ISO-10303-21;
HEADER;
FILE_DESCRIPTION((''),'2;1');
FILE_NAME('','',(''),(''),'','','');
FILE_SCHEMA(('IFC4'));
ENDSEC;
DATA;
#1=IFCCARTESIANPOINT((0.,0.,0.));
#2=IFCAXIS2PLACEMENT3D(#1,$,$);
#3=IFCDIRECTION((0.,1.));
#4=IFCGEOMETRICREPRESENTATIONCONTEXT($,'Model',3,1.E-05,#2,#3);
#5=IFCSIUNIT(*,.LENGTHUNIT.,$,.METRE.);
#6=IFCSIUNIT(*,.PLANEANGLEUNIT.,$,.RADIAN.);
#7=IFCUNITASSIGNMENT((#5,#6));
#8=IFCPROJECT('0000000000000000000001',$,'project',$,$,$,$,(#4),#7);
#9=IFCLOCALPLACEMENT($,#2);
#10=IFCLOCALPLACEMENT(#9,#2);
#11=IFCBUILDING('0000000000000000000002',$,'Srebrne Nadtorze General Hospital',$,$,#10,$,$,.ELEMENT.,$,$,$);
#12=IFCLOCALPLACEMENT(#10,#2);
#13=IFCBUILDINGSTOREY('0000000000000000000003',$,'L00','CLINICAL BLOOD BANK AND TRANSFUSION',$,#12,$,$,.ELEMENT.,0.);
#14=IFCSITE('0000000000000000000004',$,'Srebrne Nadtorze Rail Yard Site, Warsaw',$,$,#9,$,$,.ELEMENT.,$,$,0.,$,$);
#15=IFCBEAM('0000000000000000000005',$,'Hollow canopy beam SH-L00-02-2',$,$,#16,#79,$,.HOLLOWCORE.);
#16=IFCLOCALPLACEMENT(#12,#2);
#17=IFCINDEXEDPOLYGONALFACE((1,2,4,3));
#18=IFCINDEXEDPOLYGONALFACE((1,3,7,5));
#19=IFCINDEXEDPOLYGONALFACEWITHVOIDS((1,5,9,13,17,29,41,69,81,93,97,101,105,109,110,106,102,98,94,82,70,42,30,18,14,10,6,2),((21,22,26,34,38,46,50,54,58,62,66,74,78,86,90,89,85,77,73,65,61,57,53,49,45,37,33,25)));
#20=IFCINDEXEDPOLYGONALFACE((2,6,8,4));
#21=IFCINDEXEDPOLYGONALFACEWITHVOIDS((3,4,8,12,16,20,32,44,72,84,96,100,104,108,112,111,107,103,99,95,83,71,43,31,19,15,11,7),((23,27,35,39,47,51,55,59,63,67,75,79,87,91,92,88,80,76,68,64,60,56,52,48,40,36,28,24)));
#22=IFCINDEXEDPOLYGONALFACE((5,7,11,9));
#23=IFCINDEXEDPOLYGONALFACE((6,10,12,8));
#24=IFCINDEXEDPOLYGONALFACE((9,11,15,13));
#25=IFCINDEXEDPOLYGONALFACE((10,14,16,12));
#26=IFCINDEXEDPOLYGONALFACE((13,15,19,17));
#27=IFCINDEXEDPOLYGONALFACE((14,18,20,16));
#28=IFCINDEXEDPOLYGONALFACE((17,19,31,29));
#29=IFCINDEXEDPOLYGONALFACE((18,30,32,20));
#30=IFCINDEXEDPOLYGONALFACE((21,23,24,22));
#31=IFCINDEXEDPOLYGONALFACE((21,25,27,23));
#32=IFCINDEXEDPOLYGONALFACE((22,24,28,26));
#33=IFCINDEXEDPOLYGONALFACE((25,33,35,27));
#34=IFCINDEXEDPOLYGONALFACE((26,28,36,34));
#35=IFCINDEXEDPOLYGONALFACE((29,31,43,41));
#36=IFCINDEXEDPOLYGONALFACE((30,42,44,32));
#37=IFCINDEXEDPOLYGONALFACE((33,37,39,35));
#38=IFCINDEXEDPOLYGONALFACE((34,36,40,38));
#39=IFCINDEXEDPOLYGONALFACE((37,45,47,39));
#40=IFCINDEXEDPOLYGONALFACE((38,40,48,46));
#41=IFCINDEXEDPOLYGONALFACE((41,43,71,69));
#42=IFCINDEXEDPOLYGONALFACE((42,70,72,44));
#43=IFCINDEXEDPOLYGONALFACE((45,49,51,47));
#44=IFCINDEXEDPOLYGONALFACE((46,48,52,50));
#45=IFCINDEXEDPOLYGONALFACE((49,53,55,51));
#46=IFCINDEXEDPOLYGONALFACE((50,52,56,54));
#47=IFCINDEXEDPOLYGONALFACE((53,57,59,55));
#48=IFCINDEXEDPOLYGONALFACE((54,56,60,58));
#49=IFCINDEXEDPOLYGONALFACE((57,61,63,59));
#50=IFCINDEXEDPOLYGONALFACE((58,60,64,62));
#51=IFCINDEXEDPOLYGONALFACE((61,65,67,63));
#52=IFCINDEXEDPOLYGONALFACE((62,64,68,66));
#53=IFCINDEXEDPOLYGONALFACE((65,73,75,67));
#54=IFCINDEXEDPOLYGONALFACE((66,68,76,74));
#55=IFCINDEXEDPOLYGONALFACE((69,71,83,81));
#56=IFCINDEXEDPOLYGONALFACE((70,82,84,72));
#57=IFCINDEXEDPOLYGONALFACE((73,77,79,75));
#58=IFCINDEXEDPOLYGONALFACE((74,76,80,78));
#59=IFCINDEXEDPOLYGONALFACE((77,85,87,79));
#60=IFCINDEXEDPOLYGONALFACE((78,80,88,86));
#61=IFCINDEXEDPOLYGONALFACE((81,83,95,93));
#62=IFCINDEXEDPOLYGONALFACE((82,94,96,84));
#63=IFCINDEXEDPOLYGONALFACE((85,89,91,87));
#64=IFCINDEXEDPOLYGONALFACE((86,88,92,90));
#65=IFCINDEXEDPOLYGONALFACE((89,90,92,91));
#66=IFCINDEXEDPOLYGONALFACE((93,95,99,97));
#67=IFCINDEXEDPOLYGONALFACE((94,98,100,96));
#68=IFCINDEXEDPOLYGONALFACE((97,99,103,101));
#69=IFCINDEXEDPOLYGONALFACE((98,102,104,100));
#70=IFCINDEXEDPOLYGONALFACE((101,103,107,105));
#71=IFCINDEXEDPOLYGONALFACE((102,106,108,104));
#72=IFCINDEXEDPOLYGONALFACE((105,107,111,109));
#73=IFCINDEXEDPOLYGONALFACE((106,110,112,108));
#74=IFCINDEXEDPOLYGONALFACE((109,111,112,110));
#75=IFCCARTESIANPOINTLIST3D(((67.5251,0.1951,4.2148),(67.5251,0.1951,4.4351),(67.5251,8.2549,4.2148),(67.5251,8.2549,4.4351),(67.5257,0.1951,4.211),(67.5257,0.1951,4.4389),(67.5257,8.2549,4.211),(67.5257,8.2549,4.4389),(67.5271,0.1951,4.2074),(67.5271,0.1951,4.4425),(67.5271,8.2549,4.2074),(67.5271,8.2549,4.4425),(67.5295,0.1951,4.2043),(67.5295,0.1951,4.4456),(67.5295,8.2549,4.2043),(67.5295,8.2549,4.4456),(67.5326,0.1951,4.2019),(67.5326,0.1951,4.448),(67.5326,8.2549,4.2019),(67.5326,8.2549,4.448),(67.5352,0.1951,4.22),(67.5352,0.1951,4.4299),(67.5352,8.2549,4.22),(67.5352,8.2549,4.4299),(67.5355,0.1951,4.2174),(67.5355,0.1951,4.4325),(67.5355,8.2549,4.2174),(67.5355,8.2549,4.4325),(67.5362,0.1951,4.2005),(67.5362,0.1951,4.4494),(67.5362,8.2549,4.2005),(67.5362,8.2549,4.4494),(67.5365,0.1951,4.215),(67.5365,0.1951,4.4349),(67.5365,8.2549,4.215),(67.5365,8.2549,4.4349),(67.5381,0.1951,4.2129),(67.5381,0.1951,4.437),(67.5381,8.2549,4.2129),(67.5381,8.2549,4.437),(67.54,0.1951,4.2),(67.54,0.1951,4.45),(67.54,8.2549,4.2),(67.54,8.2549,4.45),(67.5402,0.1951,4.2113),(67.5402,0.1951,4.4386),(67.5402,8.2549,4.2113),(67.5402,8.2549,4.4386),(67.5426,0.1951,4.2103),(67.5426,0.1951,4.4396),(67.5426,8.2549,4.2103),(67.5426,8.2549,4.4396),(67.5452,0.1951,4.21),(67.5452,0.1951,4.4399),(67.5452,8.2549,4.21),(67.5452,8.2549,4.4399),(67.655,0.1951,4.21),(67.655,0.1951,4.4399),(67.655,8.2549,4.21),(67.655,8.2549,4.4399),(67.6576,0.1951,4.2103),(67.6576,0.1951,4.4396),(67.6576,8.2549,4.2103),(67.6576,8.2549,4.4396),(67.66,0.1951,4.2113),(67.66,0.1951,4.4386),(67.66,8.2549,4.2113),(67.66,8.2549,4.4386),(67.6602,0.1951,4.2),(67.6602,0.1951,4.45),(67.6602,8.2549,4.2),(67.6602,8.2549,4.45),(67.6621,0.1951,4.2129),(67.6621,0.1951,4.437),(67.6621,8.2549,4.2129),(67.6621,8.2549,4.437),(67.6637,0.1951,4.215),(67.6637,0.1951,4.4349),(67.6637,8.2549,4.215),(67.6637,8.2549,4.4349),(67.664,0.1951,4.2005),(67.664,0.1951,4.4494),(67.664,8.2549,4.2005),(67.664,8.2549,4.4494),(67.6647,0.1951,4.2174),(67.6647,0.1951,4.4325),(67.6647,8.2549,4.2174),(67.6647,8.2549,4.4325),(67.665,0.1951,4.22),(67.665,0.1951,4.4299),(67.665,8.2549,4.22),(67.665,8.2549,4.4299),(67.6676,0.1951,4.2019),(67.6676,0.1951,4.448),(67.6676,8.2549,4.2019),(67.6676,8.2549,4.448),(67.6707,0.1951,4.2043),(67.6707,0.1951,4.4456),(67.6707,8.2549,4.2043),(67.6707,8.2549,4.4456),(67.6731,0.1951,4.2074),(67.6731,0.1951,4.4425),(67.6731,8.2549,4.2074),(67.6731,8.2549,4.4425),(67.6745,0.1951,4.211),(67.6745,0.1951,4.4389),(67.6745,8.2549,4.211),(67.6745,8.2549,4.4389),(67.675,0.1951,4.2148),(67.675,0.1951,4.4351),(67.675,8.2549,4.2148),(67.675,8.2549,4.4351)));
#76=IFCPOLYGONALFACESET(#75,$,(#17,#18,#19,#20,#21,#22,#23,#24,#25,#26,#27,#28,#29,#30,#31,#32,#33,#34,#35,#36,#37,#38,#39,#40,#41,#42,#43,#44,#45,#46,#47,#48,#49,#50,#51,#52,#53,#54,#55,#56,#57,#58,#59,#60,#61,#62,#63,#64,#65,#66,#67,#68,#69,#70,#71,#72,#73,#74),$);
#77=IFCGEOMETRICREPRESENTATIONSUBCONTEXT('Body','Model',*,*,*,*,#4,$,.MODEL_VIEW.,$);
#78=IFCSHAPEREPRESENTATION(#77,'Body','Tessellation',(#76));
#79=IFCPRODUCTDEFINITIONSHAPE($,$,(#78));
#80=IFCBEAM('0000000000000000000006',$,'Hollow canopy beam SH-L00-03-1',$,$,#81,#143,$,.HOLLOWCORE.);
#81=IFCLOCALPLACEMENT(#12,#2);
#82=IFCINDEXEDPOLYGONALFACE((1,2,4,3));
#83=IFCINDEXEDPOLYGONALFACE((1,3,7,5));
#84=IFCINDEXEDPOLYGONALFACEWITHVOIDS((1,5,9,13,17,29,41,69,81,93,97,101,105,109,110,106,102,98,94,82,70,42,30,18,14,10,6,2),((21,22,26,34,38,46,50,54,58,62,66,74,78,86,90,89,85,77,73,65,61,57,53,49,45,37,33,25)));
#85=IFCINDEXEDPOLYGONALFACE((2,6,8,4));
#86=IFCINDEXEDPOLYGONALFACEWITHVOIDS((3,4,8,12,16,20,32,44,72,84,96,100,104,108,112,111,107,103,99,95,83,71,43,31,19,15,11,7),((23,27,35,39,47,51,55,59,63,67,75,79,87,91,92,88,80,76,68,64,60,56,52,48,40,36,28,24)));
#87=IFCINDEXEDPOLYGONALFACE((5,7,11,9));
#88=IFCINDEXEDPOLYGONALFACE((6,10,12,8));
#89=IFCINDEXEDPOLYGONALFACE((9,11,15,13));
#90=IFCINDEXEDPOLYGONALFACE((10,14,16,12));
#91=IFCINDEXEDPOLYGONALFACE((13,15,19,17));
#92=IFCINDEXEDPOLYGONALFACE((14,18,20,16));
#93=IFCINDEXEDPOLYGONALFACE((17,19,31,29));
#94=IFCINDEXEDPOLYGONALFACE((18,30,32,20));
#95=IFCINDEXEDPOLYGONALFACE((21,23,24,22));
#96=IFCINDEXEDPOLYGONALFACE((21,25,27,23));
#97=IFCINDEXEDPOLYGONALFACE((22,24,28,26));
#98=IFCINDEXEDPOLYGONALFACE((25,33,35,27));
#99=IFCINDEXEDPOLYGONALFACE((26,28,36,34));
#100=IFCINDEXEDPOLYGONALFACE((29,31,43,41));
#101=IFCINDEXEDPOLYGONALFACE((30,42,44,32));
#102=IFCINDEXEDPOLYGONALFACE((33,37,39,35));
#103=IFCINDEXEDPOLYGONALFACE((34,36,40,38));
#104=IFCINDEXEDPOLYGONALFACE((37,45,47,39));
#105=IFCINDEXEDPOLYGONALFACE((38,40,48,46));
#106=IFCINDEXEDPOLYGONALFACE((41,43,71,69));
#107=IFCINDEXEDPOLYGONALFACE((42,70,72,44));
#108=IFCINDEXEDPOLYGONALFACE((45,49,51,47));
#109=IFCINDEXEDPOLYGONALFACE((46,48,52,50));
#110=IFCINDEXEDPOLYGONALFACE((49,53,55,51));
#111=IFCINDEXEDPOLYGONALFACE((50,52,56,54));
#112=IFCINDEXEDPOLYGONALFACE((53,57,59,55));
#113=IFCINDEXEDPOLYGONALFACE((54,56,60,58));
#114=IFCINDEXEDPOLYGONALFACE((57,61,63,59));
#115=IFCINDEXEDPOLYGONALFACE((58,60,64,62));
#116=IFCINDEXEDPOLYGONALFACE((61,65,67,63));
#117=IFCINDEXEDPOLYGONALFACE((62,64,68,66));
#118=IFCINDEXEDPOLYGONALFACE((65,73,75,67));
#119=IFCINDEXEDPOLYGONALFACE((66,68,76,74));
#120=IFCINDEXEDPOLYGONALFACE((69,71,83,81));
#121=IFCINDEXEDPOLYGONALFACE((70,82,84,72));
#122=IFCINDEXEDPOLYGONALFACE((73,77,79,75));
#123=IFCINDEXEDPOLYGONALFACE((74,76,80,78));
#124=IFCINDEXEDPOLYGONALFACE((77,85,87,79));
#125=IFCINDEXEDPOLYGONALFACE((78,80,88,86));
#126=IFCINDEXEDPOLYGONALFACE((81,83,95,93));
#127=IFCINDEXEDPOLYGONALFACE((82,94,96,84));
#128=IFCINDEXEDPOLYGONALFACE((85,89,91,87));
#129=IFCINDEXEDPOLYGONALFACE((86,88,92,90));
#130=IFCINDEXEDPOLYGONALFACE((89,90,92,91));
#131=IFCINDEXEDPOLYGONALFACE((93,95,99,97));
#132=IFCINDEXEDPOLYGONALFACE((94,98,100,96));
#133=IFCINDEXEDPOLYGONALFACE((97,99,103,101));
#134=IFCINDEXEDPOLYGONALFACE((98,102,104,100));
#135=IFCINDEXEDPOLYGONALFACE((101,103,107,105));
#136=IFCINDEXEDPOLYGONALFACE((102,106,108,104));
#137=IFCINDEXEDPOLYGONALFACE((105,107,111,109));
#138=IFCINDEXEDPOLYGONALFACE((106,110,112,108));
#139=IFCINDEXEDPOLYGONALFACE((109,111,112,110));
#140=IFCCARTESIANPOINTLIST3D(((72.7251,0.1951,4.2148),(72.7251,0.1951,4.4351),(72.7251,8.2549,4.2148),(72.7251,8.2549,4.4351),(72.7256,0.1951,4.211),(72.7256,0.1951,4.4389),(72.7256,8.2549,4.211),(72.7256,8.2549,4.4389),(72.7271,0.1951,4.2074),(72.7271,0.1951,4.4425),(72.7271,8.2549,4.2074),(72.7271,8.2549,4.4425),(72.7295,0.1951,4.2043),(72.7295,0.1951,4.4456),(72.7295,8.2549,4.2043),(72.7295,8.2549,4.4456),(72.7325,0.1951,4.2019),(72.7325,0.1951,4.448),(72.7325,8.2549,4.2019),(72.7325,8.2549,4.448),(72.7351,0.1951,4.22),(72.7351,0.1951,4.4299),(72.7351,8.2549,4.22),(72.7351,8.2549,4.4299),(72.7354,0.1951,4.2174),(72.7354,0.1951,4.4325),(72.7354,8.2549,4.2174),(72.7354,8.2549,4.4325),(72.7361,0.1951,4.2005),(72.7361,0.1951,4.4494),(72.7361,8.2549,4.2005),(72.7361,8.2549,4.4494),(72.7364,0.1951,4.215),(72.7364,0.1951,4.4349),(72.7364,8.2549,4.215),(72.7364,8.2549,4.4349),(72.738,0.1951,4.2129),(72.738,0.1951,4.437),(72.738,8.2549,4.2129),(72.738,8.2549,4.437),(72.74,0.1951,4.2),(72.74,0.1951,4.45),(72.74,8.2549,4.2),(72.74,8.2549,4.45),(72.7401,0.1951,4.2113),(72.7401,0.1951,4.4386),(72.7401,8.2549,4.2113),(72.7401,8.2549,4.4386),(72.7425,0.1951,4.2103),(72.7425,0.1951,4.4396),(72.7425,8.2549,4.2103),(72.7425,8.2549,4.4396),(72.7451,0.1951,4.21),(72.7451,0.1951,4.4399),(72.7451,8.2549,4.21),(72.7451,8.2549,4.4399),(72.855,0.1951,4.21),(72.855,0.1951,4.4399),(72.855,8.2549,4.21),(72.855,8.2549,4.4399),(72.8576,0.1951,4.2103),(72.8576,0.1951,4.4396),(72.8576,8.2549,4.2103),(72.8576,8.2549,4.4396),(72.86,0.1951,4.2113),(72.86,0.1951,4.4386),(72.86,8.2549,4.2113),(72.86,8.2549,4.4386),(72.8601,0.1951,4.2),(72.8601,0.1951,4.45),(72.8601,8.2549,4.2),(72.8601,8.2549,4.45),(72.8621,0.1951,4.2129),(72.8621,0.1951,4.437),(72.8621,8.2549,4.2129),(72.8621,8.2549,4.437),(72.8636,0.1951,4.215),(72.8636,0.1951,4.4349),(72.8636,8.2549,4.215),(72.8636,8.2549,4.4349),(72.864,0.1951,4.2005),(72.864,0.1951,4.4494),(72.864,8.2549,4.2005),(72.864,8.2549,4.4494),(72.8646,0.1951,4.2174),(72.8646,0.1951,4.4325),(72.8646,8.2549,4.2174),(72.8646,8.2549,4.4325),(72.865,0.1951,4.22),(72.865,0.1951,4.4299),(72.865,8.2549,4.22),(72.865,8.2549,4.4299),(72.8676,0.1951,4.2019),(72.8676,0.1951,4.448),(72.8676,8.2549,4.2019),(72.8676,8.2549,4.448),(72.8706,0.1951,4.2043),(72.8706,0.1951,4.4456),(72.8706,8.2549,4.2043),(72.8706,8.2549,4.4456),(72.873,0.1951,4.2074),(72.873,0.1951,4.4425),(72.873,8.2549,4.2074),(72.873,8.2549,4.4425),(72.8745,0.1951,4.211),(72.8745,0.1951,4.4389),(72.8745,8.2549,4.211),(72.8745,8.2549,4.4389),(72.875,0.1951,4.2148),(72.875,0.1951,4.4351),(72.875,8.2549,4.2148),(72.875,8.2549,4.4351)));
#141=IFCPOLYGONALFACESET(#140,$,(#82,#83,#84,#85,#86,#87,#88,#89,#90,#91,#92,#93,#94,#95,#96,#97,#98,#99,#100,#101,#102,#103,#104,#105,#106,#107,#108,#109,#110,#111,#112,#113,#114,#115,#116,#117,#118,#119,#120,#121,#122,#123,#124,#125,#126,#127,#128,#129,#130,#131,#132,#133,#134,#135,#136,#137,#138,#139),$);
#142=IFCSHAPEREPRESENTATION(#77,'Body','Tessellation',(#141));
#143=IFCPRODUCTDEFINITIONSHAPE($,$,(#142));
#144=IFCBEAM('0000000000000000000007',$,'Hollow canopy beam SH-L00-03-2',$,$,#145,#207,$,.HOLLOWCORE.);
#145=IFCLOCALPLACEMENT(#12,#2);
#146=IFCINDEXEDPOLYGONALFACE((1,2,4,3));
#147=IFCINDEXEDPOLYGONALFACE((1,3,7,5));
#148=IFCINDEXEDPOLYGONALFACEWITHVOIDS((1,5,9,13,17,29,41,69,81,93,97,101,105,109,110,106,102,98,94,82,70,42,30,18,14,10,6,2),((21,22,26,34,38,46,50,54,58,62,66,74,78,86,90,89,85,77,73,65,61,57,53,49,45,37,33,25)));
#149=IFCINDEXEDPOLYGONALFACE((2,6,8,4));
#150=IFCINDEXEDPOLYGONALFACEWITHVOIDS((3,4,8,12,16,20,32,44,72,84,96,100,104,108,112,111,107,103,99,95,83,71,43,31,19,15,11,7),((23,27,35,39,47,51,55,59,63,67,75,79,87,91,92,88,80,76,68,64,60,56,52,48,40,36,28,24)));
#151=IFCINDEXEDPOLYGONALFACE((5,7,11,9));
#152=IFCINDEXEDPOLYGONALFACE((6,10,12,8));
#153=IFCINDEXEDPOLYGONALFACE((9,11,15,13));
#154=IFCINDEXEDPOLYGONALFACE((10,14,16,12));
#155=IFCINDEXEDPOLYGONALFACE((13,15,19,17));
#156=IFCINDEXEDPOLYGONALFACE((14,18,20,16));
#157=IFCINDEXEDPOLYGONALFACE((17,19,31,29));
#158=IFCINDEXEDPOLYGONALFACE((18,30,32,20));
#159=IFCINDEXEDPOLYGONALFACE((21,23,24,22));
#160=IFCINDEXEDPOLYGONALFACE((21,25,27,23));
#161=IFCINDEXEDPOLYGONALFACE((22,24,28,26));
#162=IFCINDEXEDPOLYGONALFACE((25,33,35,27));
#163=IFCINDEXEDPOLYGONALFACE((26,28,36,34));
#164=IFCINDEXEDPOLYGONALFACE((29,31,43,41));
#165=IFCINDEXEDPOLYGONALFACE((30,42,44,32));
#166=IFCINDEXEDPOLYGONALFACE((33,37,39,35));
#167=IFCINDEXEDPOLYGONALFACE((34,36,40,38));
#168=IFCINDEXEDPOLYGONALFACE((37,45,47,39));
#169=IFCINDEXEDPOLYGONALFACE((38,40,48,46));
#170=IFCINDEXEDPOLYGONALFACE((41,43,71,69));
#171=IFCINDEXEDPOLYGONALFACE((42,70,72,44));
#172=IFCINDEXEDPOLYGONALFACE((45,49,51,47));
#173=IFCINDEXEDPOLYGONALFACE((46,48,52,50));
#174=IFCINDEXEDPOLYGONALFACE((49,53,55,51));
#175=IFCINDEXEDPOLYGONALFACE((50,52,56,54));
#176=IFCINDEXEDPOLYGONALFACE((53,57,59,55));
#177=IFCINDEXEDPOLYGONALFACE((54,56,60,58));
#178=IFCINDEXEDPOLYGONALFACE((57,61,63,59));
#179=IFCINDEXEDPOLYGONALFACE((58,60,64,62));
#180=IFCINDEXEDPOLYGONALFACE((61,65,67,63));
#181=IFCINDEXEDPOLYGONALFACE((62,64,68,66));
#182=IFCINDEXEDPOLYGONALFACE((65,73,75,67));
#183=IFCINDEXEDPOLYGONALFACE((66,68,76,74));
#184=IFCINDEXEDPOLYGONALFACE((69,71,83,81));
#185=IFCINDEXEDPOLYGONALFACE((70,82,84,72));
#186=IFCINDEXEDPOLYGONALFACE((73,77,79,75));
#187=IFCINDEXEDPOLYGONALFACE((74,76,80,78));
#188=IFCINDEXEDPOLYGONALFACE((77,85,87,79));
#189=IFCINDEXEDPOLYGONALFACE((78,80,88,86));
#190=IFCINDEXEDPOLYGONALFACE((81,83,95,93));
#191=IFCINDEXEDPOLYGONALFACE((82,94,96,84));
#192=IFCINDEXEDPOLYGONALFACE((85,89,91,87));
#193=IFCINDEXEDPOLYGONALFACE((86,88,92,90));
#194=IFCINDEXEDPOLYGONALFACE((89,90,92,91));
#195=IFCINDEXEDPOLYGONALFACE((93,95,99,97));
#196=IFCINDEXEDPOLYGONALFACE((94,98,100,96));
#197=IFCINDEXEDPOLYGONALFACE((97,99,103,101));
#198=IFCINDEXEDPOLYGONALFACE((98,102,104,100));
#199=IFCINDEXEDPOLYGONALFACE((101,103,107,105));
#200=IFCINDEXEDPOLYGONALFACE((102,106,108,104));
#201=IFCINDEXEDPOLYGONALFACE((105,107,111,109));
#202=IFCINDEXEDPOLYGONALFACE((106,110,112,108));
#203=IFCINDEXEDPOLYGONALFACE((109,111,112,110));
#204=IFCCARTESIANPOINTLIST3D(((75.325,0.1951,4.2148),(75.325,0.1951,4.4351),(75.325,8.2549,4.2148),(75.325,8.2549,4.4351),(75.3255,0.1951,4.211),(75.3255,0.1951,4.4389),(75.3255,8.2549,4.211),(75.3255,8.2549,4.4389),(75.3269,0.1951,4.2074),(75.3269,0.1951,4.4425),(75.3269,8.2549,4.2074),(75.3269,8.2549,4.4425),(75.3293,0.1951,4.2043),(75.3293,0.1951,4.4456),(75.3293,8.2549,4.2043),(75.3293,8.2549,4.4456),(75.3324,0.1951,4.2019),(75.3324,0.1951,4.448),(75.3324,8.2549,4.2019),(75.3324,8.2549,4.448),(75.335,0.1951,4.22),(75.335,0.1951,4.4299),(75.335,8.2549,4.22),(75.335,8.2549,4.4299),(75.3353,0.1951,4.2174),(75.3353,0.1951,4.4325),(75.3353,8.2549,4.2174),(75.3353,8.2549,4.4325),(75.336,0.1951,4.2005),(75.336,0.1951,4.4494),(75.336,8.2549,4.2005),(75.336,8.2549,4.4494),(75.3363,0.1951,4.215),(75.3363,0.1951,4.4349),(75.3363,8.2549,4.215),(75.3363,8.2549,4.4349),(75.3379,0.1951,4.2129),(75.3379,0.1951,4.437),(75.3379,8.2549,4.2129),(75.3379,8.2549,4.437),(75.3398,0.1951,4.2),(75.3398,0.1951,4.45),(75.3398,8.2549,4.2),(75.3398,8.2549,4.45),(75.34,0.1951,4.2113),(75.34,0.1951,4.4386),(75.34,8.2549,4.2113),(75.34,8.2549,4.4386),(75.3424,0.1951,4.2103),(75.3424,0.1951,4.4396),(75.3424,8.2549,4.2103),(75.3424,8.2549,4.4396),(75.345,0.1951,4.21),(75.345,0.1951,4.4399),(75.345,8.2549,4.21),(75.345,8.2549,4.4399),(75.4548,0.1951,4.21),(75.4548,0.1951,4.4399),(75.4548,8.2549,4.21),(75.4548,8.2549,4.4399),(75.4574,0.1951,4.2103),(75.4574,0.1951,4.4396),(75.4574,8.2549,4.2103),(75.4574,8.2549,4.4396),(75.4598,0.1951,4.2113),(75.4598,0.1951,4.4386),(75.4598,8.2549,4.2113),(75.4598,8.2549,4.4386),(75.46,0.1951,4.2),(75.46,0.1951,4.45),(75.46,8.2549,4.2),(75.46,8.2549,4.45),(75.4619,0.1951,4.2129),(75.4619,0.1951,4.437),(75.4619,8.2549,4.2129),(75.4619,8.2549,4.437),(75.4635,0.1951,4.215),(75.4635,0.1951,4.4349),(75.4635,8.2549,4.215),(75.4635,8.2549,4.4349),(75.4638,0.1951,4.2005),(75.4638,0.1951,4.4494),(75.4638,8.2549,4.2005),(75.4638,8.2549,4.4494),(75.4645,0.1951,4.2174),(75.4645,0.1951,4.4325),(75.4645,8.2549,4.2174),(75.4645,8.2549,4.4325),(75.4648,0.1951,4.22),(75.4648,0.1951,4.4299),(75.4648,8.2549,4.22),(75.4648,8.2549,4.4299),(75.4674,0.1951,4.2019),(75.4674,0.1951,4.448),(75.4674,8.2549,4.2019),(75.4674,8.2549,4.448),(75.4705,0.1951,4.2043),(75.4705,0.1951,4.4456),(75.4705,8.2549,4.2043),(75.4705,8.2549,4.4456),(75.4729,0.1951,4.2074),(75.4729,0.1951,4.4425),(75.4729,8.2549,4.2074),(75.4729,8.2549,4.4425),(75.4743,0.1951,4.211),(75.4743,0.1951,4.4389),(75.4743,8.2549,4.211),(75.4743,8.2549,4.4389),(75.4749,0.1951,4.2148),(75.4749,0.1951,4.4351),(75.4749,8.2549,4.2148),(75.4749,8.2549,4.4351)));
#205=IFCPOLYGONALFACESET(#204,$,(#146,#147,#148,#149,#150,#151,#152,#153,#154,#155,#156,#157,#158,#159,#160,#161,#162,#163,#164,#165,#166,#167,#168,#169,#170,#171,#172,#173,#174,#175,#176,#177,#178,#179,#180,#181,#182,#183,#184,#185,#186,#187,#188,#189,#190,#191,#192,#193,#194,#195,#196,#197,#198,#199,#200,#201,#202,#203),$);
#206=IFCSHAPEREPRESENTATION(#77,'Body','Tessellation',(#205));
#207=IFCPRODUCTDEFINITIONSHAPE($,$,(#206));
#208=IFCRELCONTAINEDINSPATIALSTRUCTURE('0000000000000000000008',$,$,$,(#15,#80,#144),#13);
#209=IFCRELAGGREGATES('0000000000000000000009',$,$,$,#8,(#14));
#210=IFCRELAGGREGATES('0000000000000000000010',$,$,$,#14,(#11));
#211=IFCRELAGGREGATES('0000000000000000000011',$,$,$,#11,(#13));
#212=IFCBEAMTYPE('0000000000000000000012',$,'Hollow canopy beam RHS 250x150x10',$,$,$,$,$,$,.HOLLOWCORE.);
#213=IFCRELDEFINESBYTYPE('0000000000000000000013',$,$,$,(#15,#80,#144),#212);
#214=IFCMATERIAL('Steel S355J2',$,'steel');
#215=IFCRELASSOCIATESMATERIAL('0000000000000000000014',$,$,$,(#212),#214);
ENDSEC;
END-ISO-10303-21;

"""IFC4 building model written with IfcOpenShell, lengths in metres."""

from ifc_helpers import new_model, si_unit, direction, frame, origin, origin_2d, place, context, subcontext, project, spatial, hollow_rectangle, extrude, material, material_profile, profile_set, type_object, element, save


model = new_model("IFC4")

# Units and contexts
model_context = context("Model", 3, precision=1e-05, world=origin(), true_north=direction((0.0, 1.0)))
body_context = subcontext(model_context, "Body", "Model", "MODEL_VIEW")
ifc_project = project(units=[si_unit("LENGTHUNIT", "METRE"), si_unit("PLANEANGLEUNIT", "RADIAN")], contexts=[model_context])

# Site, building, storey
site_placement = place(None, origin())
site = spatial("IfcSite", under=ifc_project, at=site_placement, Name="Srebrne Nadtorze Rail Yard Site, Warsaw", CompositionType="ELEMENT", RefElevation=0.0)
building_placement = place(site_placement, origin())
building = spatial("IfcBuilding", under=site, at=building_placement, Name="Srebrne Nadtorze General Hospital", CompositionType="ELEMENT")
storey_placement = place(building_placement, origin())
storey = spatial("IfcBuildingStorey", under=building, at=storey_placement, Name="L00", Description="CLINICAL BLOOD BANK AND TRANSFUSION", CompositionType="ELEMENT", Elevation=0.0)

# Beams
ifc_material_1 = material(Name="Steel S355J2", Category="steel")
ifc_material_profile_1 = material_profile(ifc_material_1, hollow_rectangle(XDim=0.1499, YDim=0.25, WallThickness=0.01, InnerFilletRadius=0.01, OuterFilletRadius=0.0149, at=origin_2d()), Name="RHS-250x150x10")
ifc_profile_set_1 = profile_set([ifc_material_profile_1], Name="Steel S355J2")
beam_type_1 = type_object("IfcBeamType", Name="Hollow canopy beam RHS 250x150x10", PredefinedType="HOLLOWCORE", material=ifc_profile_set_1)
for number, where, z_axis, x_axis, name in (
    (1, (67.6001, 0.1951, 4.325), (0.0, 1.0, 0.0), (-1.0, 0.0, 0.0), "Hollow canopy beam SH-L00-02-2"),
    (2, (72.8, 0.1951, 4.325), (0.0, 1.0, 0.0), (-1.0, 0.0, 0.0), "Hollow canopy beam SH-L00-03-1"),
    (3, (75.3999, 0.1951, 4.325), (0.0, 1.0, 0.0), (-1.0, 0.0, 0.0), "Hollow canopy beam SH-L00-03-2"),
):
    element("IfcBeam", number, at=place(storey_placement, frame(where, z_axis=z_axis, x_axis=x_axis)), inside=storey, type_object=beam_type_1, Name=name, PredefinedType="HOLLOWCORE", context=body_context, shape_type="SweptSolid", body=[
        extrude(hollow_rectangle(XDim=0.1499, YDim=0.25, WallThickness=0.01, InnerFilletRadius=0.01, OuterFilletRadius=0.0149, at=origin_2d()), origin(), (0.0, 0.0, 1.0), 8.0598),
    ])

save(model, "model.ifc")
